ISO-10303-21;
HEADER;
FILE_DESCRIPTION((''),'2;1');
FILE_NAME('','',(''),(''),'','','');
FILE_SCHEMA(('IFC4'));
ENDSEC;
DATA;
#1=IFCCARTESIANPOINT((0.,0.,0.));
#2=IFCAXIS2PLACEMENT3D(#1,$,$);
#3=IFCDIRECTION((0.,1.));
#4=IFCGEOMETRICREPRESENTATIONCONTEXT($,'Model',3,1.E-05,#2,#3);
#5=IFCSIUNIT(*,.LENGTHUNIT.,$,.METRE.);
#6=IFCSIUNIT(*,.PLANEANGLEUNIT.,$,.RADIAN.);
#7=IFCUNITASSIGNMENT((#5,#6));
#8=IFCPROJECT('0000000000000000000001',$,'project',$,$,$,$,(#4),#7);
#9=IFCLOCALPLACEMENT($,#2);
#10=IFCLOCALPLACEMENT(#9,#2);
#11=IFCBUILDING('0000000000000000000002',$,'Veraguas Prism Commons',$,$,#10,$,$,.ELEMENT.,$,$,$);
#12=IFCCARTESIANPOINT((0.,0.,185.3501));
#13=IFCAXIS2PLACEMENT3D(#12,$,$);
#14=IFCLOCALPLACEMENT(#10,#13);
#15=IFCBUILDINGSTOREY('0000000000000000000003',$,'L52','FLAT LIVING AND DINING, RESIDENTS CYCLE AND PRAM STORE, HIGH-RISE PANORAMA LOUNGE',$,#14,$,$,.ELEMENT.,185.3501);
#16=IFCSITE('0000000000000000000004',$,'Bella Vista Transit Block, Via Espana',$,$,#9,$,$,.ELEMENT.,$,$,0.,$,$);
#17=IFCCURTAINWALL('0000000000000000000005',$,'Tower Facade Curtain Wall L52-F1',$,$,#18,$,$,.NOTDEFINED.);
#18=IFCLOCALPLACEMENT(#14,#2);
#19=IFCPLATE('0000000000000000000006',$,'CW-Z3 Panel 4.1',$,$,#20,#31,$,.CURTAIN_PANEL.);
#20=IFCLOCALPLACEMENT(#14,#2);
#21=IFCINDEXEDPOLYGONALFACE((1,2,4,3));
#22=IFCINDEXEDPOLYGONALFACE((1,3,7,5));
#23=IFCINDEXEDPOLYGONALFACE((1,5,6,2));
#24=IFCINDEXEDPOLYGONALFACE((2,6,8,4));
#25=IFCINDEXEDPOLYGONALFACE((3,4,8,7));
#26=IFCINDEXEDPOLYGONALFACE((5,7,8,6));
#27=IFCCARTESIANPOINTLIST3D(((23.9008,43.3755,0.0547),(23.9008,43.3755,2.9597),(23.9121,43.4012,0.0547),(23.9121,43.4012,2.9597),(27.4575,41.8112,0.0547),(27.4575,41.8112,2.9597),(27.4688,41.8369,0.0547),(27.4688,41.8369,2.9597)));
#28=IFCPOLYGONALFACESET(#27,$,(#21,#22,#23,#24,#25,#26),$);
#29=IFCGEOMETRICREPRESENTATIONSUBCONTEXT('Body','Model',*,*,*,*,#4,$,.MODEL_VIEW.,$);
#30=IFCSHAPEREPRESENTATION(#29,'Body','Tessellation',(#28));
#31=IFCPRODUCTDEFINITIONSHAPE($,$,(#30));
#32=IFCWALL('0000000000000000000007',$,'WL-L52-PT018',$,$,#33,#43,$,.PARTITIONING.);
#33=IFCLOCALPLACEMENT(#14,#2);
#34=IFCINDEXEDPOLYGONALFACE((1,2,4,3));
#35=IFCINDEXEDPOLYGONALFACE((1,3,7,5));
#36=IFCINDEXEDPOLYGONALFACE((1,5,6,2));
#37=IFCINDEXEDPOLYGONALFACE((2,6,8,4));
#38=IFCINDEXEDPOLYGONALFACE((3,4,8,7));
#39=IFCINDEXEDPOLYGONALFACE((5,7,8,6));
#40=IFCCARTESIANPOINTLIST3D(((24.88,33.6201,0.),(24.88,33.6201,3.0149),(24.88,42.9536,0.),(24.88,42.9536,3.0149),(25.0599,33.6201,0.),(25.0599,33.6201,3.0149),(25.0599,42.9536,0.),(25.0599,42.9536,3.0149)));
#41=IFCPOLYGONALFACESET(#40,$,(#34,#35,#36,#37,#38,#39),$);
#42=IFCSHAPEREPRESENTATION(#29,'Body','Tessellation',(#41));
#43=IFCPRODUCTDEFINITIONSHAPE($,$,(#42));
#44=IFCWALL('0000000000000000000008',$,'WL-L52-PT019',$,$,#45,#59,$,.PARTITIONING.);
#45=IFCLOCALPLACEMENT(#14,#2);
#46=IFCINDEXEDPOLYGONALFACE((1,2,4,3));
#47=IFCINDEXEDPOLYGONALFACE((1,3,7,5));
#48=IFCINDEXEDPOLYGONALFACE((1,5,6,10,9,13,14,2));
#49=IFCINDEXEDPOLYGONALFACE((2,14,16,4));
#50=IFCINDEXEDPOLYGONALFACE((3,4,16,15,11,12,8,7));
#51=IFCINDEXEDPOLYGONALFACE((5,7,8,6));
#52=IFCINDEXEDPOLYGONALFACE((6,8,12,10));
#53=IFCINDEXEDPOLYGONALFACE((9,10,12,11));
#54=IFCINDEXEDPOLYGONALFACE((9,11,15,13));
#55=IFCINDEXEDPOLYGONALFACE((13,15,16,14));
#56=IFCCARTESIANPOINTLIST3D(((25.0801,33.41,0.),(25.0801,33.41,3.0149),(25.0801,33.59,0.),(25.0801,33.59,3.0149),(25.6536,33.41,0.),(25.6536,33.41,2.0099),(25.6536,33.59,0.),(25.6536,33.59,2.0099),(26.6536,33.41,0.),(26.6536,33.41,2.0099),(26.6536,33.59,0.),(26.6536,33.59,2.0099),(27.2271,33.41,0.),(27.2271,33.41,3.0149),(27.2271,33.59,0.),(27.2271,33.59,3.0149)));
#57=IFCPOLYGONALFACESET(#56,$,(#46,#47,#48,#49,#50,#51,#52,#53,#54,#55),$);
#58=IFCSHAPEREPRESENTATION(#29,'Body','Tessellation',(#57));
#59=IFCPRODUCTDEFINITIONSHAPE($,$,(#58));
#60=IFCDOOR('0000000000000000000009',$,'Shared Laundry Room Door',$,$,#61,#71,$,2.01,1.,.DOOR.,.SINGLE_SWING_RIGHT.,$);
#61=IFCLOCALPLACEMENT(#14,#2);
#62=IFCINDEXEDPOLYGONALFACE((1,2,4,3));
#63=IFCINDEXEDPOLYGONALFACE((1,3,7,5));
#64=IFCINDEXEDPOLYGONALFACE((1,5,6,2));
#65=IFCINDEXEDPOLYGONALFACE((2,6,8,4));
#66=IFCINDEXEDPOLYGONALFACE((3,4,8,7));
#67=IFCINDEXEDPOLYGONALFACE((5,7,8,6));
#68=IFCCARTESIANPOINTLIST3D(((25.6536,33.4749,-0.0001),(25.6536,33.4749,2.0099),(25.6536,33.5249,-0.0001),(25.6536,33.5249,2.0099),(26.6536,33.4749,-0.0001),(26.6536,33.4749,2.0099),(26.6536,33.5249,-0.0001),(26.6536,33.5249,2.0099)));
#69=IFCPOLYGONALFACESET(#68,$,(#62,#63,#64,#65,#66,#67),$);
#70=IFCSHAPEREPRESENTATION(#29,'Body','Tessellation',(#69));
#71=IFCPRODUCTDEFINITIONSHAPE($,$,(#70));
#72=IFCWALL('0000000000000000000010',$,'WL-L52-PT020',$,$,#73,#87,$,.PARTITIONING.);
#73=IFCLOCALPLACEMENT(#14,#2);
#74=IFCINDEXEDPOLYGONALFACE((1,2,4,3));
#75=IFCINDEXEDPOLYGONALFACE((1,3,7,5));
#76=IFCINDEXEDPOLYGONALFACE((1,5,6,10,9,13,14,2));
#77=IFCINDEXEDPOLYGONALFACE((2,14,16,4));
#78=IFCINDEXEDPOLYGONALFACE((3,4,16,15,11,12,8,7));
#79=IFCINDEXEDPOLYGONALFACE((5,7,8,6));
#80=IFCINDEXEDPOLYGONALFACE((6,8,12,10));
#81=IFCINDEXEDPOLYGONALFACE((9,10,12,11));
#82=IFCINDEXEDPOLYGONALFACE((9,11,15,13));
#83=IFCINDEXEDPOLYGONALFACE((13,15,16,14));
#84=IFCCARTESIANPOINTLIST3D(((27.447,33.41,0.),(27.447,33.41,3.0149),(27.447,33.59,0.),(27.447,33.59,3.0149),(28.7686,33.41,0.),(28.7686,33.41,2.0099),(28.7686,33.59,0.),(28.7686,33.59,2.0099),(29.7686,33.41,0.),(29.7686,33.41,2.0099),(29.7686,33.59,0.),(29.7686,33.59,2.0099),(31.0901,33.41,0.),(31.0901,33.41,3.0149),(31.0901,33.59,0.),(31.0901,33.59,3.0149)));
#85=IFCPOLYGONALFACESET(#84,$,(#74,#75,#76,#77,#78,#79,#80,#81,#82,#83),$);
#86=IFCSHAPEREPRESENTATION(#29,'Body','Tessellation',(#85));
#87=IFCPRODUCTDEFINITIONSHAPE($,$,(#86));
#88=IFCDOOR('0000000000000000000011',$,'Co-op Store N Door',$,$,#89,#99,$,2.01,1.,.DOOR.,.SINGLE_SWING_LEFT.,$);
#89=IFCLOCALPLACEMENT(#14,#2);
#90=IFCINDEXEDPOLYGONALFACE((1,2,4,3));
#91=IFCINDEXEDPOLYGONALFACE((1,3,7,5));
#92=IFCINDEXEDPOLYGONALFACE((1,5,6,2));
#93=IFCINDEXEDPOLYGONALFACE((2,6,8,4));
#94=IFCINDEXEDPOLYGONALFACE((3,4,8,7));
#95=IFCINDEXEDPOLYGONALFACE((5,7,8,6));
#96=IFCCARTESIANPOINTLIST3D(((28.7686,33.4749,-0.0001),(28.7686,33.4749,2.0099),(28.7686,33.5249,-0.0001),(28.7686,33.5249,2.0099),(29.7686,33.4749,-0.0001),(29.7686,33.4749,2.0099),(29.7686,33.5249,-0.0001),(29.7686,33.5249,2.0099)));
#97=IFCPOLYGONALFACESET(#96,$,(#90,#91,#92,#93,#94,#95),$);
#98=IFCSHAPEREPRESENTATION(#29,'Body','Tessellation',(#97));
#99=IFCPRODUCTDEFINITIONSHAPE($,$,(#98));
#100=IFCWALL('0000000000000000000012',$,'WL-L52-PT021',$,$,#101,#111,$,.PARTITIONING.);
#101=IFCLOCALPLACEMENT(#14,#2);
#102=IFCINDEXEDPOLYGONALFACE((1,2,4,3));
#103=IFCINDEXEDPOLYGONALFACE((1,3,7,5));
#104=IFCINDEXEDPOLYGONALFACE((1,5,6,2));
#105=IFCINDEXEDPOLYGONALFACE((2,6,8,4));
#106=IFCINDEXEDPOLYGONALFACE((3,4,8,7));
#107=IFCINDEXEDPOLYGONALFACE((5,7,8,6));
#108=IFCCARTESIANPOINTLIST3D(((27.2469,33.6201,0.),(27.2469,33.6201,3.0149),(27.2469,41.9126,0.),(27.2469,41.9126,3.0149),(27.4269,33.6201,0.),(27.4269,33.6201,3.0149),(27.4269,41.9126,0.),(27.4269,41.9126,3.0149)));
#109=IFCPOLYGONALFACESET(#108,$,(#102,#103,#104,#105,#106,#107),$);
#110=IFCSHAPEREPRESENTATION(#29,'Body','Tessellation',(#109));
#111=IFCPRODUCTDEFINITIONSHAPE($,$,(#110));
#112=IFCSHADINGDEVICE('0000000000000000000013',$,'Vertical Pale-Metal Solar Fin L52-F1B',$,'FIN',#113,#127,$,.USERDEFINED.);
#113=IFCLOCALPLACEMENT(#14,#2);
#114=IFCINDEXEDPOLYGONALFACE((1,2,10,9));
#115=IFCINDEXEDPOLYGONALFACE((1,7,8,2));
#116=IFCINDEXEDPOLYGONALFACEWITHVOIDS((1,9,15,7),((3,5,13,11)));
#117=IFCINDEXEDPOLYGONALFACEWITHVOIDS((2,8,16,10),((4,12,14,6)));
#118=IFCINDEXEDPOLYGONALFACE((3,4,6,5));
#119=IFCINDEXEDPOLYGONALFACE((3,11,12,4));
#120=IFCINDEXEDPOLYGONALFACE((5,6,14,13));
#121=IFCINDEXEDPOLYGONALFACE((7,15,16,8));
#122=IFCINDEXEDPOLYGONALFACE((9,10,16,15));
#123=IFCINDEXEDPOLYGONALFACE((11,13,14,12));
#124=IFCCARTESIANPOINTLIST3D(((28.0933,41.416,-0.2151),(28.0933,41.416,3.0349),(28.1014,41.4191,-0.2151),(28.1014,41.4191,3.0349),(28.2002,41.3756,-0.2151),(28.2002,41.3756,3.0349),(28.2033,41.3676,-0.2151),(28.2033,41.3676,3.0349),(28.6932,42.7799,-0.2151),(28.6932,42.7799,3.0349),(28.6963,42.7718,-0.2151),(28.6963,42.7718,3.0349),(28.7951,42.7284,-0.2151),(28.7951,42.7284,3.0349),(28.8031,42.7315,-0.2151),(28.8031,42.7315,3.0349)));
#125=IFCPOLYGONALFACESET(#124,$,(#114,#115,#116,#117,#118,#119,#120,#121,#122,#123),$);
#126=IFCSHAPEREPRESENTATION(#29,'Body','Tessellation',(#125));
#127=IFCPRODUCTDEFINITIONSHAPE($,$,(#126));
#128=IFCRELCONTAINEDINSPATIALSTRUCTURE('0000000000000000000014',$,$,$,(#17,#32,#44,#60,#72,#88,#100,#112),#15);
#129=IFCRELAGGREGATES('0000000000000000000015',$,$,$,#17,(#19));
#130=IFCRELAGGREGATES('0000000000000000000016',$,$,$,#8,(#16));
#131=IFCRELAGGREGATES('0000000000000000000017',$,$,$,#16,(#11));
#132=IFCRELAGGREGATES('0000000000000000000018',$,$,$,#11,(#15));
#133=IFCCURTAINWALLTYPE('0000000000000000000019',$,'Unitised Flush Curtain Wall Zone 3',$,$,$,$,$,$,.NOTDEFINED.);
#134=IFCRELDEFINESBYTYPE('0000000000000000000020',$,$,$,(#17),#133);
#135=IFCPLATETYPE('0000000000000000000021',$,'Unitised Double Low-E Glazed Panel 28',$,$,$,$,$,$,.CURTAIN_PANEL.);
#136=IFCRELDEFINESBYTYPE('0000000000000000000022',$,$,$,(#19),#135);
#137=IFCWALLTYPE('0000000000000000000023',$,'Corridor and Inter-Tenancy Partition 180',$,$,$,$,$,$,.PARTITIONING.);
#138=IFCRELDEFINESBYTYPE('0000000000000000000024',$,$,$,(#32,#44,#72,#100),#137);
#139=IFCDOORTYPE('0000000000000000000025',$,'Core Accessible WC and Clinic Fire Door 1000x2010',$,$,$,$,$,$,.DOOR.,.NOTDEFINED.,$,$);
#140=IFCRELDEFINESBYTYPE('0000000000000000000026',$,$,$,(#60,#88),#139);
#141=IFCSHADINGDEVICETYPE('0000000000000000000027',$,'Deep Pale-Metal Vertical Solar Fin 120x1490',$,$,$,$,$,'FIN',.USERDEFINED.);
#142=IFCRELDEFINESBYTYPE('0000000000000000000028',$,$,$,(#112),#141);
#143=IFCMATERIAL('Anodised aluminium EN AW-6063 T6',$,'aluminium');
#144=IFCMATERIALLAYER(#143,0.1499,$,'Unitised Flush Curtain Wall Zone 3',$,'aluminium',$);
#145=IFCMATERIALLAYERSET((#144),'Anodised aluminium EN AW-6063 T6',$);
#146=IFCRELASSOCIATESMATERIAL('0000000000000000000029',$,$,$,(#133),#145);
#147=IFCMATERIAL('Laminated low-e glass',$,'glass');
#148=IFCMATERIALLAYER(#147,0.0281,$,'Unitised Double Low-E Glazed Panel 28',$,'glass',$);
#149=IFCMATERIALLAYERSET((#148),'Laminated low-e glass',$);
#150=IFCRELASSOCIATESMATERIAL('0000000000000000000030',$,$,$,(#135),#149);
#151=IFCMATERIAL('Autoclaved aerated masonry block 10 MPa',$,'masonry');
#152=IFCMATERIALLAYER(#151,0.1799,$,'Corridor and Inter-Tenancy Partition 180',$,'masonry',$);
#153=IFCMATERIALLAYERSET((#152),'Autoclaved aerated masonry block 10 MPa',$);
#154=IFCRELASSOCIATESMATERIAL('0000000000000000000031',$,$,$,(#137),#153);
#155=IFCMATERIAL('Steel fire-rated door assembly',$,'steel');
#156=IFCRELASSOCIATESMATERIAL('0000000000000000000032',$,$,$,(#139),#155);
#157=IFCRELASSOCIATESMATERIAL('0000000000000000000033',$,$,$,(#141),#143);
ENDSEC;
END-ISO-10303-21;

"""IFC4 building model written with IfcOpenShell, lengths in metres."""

from ifc_helpers import new_model, si_unit, direction, frame, frame_2d, origin, origin_2d, place, context, subcontext, project, spatial, rectangle, hollow_rectangle, extrude, source, transform, mapped, material, layer, layer_set, material_profile, profile_set, type_object, element, fill, aggregate, save


model = new_model("IFC4")

# Units and contexts
model_context = context("Model", 3, precision=1e-05, world=origin(), true_north=direction((0.0, 1.0)))
body_context = subcontext(model_context, "Body", "Model", "MODEL_VIEW")
ifc_project = project(units=[si_unit("LENGTHUNIT", "METRE"), si_unit("PLANEANGLEUNIT", "RADIAN")], contexts=[model_context])

# Site, building, storey
site_placement = place(None, origin())
site = spatial("IfcSite", under=ifc_project, at=site_placement, Name="Bella Vista Transit Block, Via Espana", CompositionType="ELEMENT", RefElevation=0.0)
building_placement = place(site_placement, origin())
building = spatial("IfcBuilding", under=site, at=building_placement, Name="Veraguas Prism Commons", CompositionType="ELEMENT")
storey_placement = place(building_placement, frame((0.0, 0.0, 185.3501)))
storey = spatial("IfcBuildingStorey", under=building, at=storey_placement, Name="L52", Description="FLAT LIVING AND DINING, RESIDENTS CYCLE AND PRAM STORE, HIGH-RISE PANORAMA LOUNGE", CompositionType="ELEMENT", Elevation=185.3501)

# Curtain wall
ifc_material_1 = material(Name="Anodised aluminium EN AW-6063 T6", Category="aluminium")
ifc_layer_1 = layer(ifc_material_1, 0.1499, Name="Unitised Flush Curtain Wall Zone 3", Category="aluminium")
ifc_layer_set_1 = layer_set([ifc_layer_1], Name="Anodised aluminium EN AW-6063 T6")
curtain_wall_type = type_object("IfcCurtainWallType", Name="Unitised Flush Curtain Wall Zone 3", PredefinedType="NOTDEFINED", material=ifc_layer_set_1)
curtain_wall_1_placement = place(storey_placement, origin())
curtain_wall_1 = element("IfcCurtainWall", 1, at=curtain_wall_1_placement, inside=storey, type_object=curtain_wall_type, Name="Tower Facade Curtain Wall L52-F1", PredefinedType="NOTDEFINED")

# Plate
ifc_material_2 = material(Name="Laminated low-e glass", Category="glass")
ifc_layer_2 = layer(ifc_material_2, 0.0281, Name="Unitised Double Low-E Glazed Panel 28", Category="glass")
ifc_layer_set_2 = layer_set([ifc_layer_2], Name="Laminated low-e glass")
plate_type = type_object("IfcPlateType", Name="Unitised Double Low-E Glazed Panel 28", PredefinedType="CURTAIN_PANEL", material=ifc_layer_set_2)
shared_shape_1 = source(origin(), body_context, "Body", "SweptSolid", [
    extrude(rectangle(XDim=3.8855, YDim=0.0281, at=origin_2d()), origin(), (0.0, 0.0, 1.0), 2.905),
])
plate_placement = place(storey_placement, frame((25.6848, 42.6062, 0.0547), z_axis=(0.0, 0.0, 1.0), x_axis=(-0.915385, 0.402581, 0.0)))
plate = element("IfcPlate", 2, at=plate_placement, type_object=plate_type, Name="CW-Z3 Panel 4.1", PredefinedType="CURTAIN_PANEL", context=body_context, shape_type="MappedRepresentation", body=[
    mapped(shared_shape_1, transform((0.0, 0.0, 0.0), scale=1.0)),
])
aggregate(curtain_wall_1, [plate])

# Wall
ifc_material_3 = material(Name="Autoclaved aerated masonry block 10 MPa", Category="masonry")
ifc_layer_3 = layer(ifc_material_3, 0.1799, Name="Corridor and Inter-Tenancy Partition 180", Category="masonry")
ifc_layer_set_3 = layer_set([ifc_layer_3], Name="Autoclaved aerated masonry block 10 MPa")
wall_type = type_object("IfcWallType", Name="Corridor and Inter-Tenancy Partition 180", PredefinedType="PARTITIONING", material=ifc_layer_set_3)
wall_1_placement = place(storey_placement, frame((24.97, 33.6201, 0.0), z_axis=(0.0, 0.0, 1.0), x_axis=(0.0, 1.0, 0.0)))
element("IfcWall", 3, at=wall_1_placement, inside=storey, type_object=wall_type, Name="WL-L52-PT018", PredefinedType="PARTITIONING", context=body_context, shape_type="SweptSolid", body=[
    extrude(rectangle(XDim=9.3335, YDim=0.1799, at=frame_2d((4.6667, 0.0))), origin(), (0.0, 0.0, 1.0), 3.0149),
])

# Walls, openings, doors
wall_2_placement = place(storey_placement, frame((25.0801, 33.5, 0.0), z_axis=(0.0, 0.0, 1.0), x_axis=(1.0, 0.0, 0.0)))
wall_2 = element("IfcWall", 4, at=wall_2_placement, inside=storey, type_object=wall_type, Name="WL-L52-PT019", PredefinedType="PARTITIONING", context=body_context, shape_type="SweptSolid", body=[
    extrude(rectangle(XDim=2.147, YDim=0.1799, at=frame_2d((1.0735, 0.0))), origin(), (0.0, 0.0, 1.0), 3.0149),
])
opening_1_placement = place(wall_2_placement, frame((0.5735, 0.0, 0.0)))
opening_1 = element("IfcOpeningElement", 5, at=opening_1_placement, cuts=wall_2, PredefinedType="OPENING", context=body_context, shape_type="SweptSolid", body=[
    extrude(rectangle(XDim=1.0, YDim=2.01, at=frame_2d((0.5, 1.0049))), frame((0.0, 0.0999, 0.0), z_axis=(0.0, -1.0, 0.0), x_axis=(1.0, 0.0, 0.0)), (0.0, 0.0, 1.0), 0.2),
])
ifc_material_4 = material(Name="Steel fire-rated door assembly", Category="steel")
door_type = type_object("IfcDoorType", Name="Core Accessible WC and Clinic Fire Door 1000x2010", OperationType="NOTDEFINED", PredefinedType="DOOR", material=ifc_material_4)
shared_shape_2 = source(origin(), body_context, "Body", "SweptSolid", [
    extrude(rectangle(XDim=1.0, YDim=2.01, at=frame_2d((0.5, 1.0049))), frame((0.0, 0.0249, 0.0), z_axis=(0.0, -1.0, 0.0), x_axis=(1.0, 0.0, 0.0)), (0.0, 0.0, 1.0), 0.05),
])
door_1_placement = place(opening_1_placement, origin())
door_1 = element("IfcDoor", 6, at=door_1_placement, inside=storey, type_object=door_type, Name="Shared Laundry Room Door", OperationType="SINGLE_SWING_RIGHT", OverallHeight=2.01, OverallWidth=1.0, PredefinedType="DOOR", context=body_context, shape_type="MappedRepresentation", body=[
    mapped(shared_shape_2, transform((0.0, 0.0, 0.0), scale=1.0)),
])
fill(opening_1, door_1)
wall_3_placement = place(storey_placement, frame((27.447, 33.5, 0.0), z_axis=(0.0, 0.0, 1.0), x_axis=(1.0, 0.0, 0.0)))
wall_3 = element("IfcWall", 7, at=wall_3_placement, inside=storey, type_object=wall_type, Name="WL-L52-PT020", PredefinedType="PARTITIONING", context=body_context, shape_type="SweptSolid", body=[
    extrude(rectangle(XDim=3.6431, YDim=0.1799, at=frame_2d((1.8215, 0.0))), origin(), (0.0, 0.0, 1.0), 3.0149),
])
opening_2_placement = place(wall_3_placement, frame((1.3215, 0.0, 0.0)))
opening_2 = element("IfcOpeningElement", 8, at=opening_2_placement, cuts=wall_3, PredefinedType="OPENING", context=body_context, shape_type="SweptSolid", body=[
    extrude(rectangle(XDim=1.0, YDim=2.01, at=frame_2d((0.5, 1.0049))), frame((0.0, 0.0999, 0.0), z_axis=(0.0, -1.0, 0.0), x_axis=(1.0, 0.0, 0.0)), (0.0, 0.0, 1.0), 0.2),
])
door_2_placement = place(opening_2_placement, origin())
door_2 = element("IfcDoor", 9, at=door_2_placement, inside=storey, type_object=door_type, Name="Co-op Store N Door", OperationType="SINGLE_SWING_LEFT", OverallHeight=2.01, OverallWidth=1.0, PredefinedType="DOOR", context=body_context, shape_type="MappedRepresentation", body=[
    mapped(shared_shape_2, transform((0.0, 0.0, 0.0), scale=1.0)),
])
fill(opening_2, door_2)

# Wall
wall_4_placement = place(storey_placement, frame((27.3369, 33.6201, 0.0), z_axis=(0.0, 0.0, 1.0), x_axis=(0.0, 1.0, 0.0)))
element("IfcWall", 10, at=wall_4_placement, inside=storey, type_object=wall_type, Name="WL-L52-PT021", PredefinedType="PARTITIONING", context=body_context, shape_type="SweptSolid", body=[
    extrude(rectangle(XDim=8.2925, YDim=0.1799, at=frame_2d((4.1462, 0.0))), origin(), (0.0, 0.0, 1.0), 3.0149),
])

# Shading device
ifc_material_profile_1 = material_profile(ifc_material_1, hollow_rectangle(XDim=0.1201, YDim=1.49, WallThickness=0.0061, at=origin_2d()), Name="FIN120X1490X6")
ifc_profile_set_1 = profile_set([ifc_material_profile_1], Name="Anodised aluminium EN AW-6063 T6")
shading_device_type = type_object("IfcShadingDeviceType", Name="Deep Pale-Metal Vertical Solar Fin 120x1490", ElementType="FIN", PredefinedType="USERDEFINED", material=ifc_profile_set_1)
shading_device_placement = place(storey_placement, frame((28.4482, 42.0737, -0.2151), z_axis=(0.0, 0.0, 1.0), x_axis=(-0.915382, 0.402587, 0.0)))
element("IfcShadingDevice", 11, at=shading_device_placement, inside=storey, type_object=shading_device_type, Name="Vertical Pale-Metal Solar Fin L52-F1B", ObjectType="FIN", PredefinedType="USERDEFINED", context=body_context, shape_type="SweptSolid", body=[
    extrude(hollow_rectangle(XDim=0.1201, YDim=1.49, WallThickness=0.0061, at=origin_2d()), origin(), (0.0, 0.0, 1.0), 3.25),
])

save(model, "model.ifc")
